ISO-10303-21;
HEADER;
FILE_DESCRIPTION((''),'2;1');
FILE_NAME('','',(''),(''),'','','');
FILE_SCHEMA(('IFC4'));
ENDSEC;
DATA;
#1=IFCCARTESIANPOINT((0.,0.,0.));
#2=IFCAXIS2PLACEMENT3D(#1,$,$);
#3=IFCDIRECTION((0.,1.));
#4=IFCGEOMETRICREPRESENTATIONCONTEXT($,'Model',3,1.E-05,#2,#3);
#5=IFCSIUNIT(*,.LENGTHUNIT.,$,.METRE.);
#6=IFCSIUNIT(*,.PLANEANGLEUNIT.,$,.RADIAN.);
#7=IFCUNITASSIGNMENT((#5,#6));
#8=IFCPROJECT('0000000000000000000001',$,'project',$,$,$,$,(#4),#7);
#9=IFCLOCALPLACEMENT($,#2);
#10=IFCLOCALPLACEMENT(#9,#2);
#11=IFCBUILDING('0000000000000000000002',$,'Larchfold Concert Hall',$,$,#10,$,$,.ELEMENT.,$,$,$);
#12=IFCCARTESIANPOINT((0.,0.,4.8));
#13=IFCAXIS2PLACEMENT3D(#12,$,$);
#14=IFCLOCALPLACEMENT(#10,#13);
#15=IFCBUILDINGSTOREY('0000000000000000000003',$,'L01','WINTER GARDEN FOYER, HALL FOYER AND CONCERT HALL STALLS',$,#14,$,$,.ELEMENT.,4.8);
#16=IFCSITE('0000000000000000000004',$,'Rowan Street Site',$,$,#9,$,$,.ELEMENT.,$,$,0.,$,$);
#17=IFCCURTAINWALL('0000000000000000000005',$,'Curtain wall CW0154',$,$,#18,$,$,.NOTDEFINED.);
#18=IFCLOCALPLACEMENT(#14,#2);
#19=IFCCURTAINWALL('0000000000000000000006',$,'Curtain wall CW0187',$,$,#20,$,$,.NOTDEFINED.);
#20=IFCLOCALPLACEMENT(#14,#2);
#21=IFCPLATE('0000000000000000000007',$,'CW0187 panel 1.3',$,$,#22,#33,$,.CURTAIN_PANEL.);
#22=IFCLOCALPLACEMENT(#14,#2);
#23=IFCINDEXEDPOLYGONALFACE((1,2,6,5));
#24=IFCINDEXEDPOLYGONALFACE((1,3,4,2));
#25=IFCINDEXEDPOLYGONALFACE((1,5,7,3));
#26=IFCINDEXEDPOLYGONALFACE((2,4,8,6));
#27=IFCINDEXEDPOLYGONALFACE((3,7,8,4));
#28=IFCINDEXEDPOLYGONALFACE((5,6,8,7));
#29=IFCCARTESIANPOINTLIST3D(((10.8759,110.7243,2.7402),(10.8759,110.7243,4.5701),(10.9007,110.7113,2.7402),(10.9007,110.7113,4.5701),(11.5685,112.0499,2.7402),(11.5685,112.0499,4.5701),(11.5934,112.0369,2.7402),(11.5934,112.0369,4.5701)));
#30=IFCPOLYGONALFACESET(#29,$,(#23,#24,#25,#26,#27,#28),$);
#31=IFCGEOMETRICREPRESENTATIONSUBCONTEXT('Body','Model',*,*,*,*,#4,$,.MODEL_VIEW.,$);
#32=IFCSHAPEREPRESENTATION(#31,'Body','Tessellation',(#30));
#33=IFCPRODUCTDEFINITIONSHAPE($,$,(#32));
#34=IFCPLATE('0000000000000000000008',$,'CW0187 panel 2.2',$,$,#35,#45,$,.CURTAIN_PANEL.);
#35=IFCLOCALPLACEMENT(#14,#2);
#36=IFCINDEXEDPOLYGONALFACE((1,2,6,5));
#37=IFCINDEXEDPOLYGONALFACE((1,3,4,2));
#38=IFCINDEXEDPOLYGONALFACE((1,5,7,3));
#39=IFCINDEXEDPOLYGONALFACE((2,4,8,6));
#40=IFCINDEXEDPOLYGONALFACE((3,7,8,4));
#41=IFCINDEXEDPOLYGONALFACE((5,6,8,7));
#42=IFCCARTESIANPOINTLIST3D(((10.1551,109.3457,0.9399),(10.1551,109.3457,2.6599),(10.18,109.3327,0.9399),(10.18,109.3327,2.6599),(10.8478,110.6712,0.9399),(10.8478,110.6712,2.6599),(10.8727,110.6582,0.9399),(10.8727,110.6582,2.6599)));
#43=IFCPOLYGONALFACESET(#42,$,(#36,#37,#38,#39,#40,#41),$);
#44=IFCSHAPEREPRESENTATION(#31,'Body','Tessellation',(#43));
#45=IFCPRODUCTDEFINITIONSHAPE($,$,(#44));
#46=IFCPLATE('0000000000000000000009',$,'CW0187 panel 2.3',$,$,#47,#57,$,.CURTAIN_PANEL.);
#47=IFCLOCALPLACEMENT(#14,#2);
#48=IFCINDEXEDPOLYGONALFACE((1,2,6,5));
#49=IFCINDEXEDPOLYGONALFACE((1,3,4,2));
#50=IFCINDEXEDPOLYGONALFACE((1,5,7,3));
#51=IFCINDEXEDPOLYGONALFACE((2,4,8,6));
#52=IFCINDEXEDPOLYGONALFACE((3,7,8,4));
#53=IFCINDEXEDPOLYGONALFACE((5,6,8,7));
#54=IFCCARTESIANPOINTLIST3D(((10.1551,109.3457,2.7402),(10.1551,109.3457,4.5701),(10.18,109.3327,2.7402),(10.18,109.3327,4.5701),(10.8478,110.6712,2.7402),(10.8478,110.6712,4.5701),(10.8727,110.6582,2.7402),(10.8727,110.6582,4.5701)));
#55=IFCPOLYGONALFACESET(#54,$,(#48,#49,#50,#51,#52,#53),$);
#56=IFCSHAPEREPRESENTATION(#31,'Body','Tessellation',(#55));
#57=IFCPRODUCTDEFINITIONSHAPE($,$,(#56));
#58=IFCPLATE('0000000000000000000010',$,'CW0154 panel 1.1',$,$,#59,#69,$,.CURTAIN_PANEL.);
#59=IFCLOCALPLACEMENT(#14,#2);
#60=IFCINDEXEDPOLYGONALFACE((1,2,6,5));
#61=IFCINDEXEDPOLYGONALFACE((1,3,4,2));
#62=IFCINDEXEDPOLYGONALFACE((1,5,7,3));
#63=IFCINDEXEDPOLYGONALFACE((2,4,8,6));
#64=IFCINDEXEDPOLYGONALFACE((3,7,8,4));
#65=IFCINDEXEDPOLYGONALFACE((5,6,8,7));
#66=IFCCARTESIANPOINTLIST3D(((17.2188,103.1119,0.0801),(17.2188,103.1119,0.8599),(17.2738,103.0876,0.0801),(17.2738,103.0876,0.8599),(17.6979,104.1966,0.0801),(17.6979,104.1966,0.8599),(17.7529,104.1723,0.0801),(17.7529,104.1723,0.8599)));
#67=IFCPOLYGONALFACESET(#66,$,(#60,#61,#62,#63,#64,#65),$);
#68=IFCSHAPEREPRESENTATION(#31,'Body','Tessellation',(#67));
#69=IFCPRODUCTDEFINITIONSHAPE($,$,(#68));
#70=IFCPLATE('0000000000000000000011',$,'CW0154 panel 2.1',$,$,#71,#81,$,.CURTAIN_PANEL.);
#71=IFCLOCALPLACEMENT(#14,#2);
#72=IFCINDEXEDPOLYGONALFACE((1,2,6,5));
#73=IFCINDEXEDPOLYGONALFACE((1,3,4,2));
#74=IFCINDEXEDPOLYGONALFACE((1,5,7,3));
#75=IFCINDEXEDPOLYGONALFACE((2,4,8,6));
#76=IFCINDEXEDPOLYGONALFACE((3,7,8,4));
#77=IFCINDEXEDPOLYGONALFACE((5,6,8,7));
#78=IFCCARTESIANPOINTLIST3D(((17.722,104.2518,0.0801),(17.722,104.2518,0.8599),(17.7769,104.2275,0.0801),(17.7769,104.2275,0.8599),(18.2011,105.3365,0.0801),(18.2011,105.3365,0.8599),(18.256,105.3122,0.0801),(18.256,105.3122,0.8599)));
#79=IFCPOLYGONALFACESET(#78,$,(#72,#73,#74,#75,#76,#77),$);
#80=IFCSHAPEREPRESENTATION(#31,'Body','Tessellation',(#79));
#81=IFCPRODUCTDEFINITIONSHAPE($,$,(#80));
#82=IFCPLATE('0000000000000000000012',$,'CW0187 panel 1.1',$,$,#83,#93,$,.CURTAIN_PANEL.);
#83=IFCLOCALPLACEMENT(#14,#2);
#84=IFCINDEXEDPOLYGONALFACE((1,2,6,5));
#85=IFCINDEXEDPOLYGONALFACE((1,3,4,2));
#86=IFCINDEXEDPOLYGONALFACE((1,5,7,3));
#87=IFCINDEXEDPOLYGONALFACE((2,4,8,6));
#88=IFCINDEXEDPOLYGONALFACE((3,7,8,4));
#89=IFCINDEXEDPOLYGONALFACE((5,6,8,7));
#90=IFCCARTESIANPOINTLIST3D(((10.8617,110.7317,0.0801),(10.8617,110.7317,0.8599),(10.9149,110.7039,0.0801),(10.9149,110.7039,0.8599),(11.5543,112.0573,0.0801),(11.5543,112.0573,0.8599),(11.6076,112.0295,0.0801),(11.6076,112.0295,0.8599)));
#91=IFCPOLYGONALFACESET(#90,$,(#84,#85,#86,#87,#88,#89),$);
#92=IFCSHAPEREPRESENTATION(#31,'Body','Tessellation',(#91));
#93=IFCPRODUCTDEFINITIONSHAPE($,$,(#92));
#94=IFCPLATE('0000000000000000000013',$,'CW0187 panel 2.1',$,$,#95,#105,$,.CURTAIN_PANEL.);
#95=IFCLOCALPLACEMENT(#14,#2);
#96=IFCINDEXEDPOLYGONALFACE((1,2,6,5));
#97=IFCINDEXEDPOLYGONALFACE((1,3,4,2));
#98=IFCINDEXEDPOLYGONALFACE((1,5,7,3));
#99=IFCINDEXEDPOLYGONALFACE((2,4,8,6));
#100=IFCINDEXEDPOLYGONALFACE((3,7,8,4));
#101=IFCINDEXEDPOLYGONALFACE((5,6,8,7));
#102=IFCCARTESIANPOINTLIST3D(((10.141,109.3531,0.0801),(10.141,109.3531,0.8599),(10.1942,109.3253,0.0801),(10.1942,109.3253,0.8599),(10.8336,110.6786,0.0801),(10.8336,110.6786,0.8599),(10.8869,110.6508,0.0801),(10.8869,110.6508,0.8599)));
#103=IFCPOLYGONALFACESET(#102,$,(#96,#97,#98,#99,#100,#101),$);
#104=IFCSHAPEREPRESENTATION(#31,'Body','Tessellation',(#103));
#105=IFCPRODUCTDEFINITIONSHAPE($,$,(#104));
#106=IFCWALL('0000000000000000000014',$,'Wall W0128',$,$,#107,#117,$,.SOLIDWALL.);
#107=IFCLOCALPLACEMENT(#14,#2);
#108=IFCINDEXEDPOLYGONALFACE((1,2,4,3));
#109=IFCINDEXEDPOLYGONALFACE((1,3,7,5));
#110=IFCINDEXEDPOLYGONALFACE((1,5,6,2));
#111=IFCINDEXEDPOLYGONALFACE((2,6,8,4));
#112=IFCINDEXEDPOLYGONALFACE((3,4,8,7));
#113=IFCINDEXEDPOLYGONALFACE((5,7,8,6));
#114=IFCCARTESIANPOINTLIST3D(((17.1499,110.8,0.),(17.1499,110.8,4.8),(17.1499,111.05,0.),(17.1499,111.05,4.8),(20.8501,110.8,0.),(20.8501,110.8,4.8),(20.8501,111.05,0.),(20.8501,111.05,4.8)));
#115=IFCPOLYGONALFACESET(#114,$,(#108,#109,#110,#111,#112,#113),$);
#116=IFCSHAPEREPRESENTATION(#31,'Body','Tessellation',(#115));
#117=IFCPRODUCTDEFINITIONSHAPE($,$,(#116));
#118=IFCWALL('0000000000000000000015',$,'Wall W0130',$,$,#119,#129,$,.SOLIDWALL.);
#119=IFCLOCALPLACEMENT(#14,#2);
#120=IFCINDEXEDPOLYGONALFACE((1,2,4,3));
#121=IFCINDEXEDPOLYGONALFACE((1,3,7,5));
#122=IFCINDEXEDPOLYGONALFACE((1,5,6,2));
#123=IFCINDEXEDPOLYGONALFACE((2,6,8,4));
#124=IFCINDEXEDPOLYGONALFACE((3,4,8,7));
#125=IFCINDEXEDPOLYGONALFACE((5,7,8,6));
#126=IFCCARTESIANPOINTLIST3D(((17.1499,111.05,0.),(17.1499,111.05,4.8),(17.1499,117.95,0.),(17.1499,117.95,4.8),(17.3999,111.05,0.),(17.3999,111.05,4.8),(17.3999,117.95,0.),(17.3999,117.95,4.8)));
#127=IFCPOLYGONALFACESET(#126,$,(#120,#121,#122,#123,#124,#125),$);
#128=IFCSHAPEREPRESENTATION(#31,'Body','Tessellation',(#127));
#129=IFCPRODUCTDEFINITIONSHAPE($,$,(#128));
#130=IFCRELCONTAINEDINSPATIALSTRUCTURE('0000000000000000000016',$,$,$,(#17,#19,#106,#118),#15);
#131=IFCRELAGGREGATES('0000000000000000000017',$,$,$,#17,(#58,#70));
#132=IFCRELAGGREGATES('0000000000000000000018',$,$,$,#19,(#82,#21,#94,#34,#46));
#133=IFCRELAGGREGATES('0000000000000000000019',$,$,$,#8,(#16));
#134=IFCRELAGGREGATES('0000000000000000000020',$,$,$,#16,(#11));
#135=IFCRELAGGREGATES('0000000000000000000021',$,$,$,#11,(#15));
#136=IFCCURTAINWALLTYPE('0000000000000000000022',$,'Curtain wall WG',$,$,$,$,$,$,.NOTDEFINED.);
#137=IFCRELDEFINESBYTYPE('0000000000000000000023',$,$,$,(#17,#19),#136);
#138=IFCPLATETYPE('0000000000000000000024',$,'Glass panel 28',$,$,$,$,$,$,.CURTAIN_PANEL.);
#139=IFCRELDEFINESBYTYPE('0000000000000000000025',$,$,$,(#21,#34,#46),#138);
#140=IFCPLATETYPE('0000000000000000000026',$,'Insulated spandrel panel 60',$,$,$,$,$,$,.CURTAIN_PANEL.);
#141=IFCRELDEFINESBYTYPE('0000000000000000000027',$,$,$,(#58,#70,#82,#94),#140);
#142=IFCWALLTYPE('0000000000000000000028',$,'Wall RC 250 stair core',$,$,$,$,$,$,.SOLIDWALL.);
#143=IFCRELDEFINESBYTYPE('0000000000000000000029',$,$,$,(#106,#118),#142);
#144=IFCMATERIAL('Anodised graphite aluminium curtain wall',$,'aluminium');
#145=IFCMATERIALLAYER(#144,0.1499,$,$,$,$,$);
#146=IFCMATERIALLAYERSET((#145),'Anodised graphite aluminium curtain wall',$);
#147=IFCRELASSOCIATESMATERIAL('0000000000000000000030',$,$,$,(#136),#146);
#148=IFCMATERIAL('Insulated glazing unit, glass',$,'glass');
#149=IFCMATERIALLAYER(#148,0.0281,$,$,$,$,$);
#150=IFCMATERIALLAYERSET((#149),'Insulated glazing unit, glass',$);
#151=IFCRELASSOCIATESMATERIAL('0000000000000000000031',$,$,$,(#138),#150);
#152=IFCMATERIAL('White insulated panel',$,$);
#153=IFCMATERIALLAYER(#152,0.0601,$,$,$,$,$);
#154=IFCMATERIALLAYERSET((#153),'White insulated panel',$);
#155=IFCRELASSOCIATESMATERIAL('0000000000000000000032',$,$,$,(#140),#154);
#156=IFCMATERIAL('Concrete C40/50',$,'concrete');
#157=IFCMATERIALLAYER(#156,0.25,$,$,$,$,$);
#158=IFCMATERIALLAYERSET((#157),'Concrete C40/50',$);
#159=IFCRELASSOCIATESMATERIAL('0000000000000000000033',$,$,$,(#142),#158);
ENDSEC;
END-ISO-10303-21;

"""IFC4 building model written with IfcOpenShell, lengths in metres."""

from ifc_helpers import new_model, si_unit, direction, frame, frame_2d, origin, origin_2d, place, context, subcontext, project, spatial, rectangle, extrude, material, layer, layer_set, type_object, element, aggregate, save


model = new_model("IFC4")

# Units and contexts
model_context = context("Model", 3, precision=1e-05, world=origin(), true_north=direction((0.0, 1.0)))
body_context = subcontext(model_context, "Body", "Model", "MODEL_VIEW")
ifc_project = project(units=[si_unit("LENGTHUNIT", "METRE"), si_unit("PLANEANGLEUNIT", "RADIAN")], contexts=[model_context])

# Site, building, storey
site_placement = place(None, origin())
site = spatial("IfcSite", under=ifc_project, at=site_placement, Name="Rowan Street Site", CompositionType="ELEMENT", RefElevation=0.0)
building_placement = place(site_placement, origin())
building = spatial("IfcBuilding", under=site, at=building_placement, Name="Larchfold Concert Hall", CompositionType="ELEMENT")
storey_placement = place(building_placement, frame((0.0, 0.0, 4.8)))
storey = spatial("IfcBuildingStorey", under=building, at=storey_placement, Name="L01", Description="WINTER GARDEN FOYER, HALL FOYER AND CONCERT HALL STALLS", CompositionType="ELEMENT", Elevation=4.8)

# Curtain wall
ifc_material_1 = material(Name="Anodised graphite aluminium curtain wall", Category="aluminium")
ifc_layer_1 = layer(ifc_material_1, 0.1499)
ifc_layer_set_1 = layer_set([ifc_layer_1], Name="Anodised graphite aluminium curtain wall")
curtain_wall_type = type_object("IfcCurtainWallType", Name="Curtain wall WG", PredefinedType="NOTDEFINED", material=ifc_layer_set_1)
curtain_wall_1_placement = place(storey_placement, origin())
curtain_wall_1 = element("IfcCurtainWall", 1, at=curtain_wall_1_placement, inside=storey, type_object=curtain_wall_type, Name="Curtain wall CW0154", PredefinedType="NOTDEFINED")

# Curtain wall
curtain_wall_2_placement = place(storey_placement, origin())
curtain_wall_2 = element("IfcCurtainWall", 2, at=curtain_wall_2_placement, inside=storey, type_object=curtain_wall_type, Name="Curtain wall CW0187", PredefinedType="NOTDEFINED")

# Plates
ifc_material_2 = material(Name="Insulated glazing unit, glass", Category="glass")
ifc_layer_2 = layer(ifc_material_2, 0.0281)
ifc_layer_set_2 = layer_set([ifc_layer_2], Name="Insulated glazing unit, glass")
plate_type_1 = type_object("IfcPlateType", Name="Glass panel 28", PredefinedType="CURTAIN_PANEL", material=ifc_layer_set_2)
plate_1_placement = place(storey_placement, frame((11.2346, 111.3806, 2.7402), z_axis=(0.0, 0.0, 1.0), x_axis=(-0.463124, -0.886294, 0.0)))
plate_1 = element("IfcPlate", 3, at=plate_1_placement, type_object=plate_type_1, Name="CW0187 panel 1.3", PredefinedType="CURTAIN_PANEL", context=body_context, shape_type="SweptSolid", body=[
    extrude(rectangle(XDim=1.4956, YDim=0.0281, at=origin_2d()), origin(), (0.0, 0.0, 1.0), 1.8298),
])
plate_2_placement = place(storey_placement, frame((10.5139, 110.002, 0.9399), z_axis=(0.0, 0.0, 1.0), x_axis=(-0.463124, -0.886294, 0.0)))
plate_2 = element("IfcPlate", 4, at=plate_2_placement, type_object=plate_type_1, Name="CW0187 panel 2.2", PredefinedType="CURTAIN_PANEL", context=body_context, shape_type="SweptSolid", body=[
    extrude(rectangle(XDim=1.4956, YDim=0.0281, at=origin_2d()), origin(), (0.0, 0.0, 1.0), 1.72),
])
plate_3_placement = place(storey_placement, frame((10.5139, 110.002, 2.7402), z_axis=(0.0, 0.0, 1.0), x_axis=(-0.463124, -0.886294, 0.0)))
plate_3 = element("IfcPlate", 5, at=plate_3_placement, type_object=plate_type_1, Name="CW0187 panel 2.3", PredefinedType="CURTAIN_PANEL", context=body_context, shape_type="SweptSolid", body=[
    extrude(rectangle(XDim=1.4956, YDim=0.0281, at=origin_2d()), origin(), (0.0, 0.0, 1.0), 1.8298),
])
ifc_material_3 = material(Name="White insulated panel")
ifc_layer_3 = layer(ifc_material_3, 0.0601)
ifc_layer_set_3 = layer_set([ifc_layer_3], Name="White insulated panel")
plate_type_2 = type_object("IfcPlateType", Name="Insulated spandrel panel 60", PredefinedType="CURTAIN_PANEL", material=ifc_layer_set_3)
plate_4_placement = place(storey_placement, frame((17.4858, 103.6421, 0.0801), z_axis=(0.0, 0.0, 1.0), x_axis=(0.404034, 0.914744, 0.0)))
plate_4 = element("IfcPlate", 6, at=plate_4_placement, type_object=plate_type_2, Name="CW0154 panel 1.1", PredefinedType="CURTAIN_PANEL", context=body_context, shape_type="SweptSolid", body=[
    extrude(rectangle(XDim=1.1858, YDim=0.0601, at=origin_2d()), origin(), (0.0, 0.0, 1.0), 0.7798),
])
plate_5_placement = place(storey_placement, frame((17.989, 104.782, 0.0801), z_axis=(0.0, 0.0, 1.0), x_axis=(0.404034, 0.914744, 0.0)))
plate_5 = element("IfcPlate", 7, at=plate_5_placement, type_object=plate_type_2, Name="CW0154 panel 2.1", PredefinedType="CURTAIN_PANEL", context=body_context, shape_type="SweptSolid", body=[
    extrude(rectangle(XDim=1.1858, YDim=0.0601, at=origin_2d()), origin(), (0.0, 0.0, 1.0), 0.7798),
])
aggregate(curtain_wall_1, [plate_4, plate_5])
plate_6_placement = place(storey_placement, frame((11.2346, 111.3806, 0.0801), z_axis=(0.0, 0.0, 1.0), x_axis=(-0.463124, -0.886294, 0.0)))
plate_6 = element("IfcPlate", 8, at=plate_6_placement, type_object=plate_type_2, Name="CW0187 panel 1.1", PredefinedType="CURTAIN_PANEL", context=body_context, shape_type="SweptSolid", body=[
    extrude(rectangle(XDim=1.4956, YDim=0.0601, at=origin_2d()), origin(), (0.0, 0.0, 1.0), 0.7798),
])
plate_7_placement = place(storey_placement, frame((10.5139, 110.002, 0.0801), z_axis=(0.0, 0.0, 1.0), x_axis=(-0.463124, -0.886294, 0.0)))
plate_7 = element("IfcPlate", 9, at=plate_7_placement, type_object=plate_type_2, Name="CW0187 panel 2.1", PredefinedType="CURTAIN_PANEL", context=body_context, shape_type="SweptSolid", body=[
    extrude(rectangle(XDim=1.4956, YDim=0.0601, at=origin_2d()), origin(), (0.0, 0.0, 1.0), 0.7798),
])
aggregate(curtain_wall_2, [plate_6, plate_1, plate_7, plate_2, plate_3])

# Walls
ifc_material_4 = material(Name="Concrete C40/50", Category="concrete")
ifc_layer_4 = layer(ifc_material_4, 0.25)
ifc_layer_set_4 = layer_set([ifc_layer_4], Name="Concrete C40/50")
wall_type = type_object("IfcWallType", Name="Wall RC 250 stair core", PredefinedType="SOLIDWALL", material=ifc_layer_set_4)
wall_1_placement = place(storey_placement, frame((17.1499, 110.925, 0.0), z_axis=(0.0, 0.0, 1.0), x_axis=(1.0, 0.0, 0.0)))
element("IfcWall", 10, at=wall_1_placement, inside=storey, type_object=wall_type, Name="Wall W0128", PredefinedType="SOLIDWALL", context=body_context, shape_type="SweptSolid", body=[
    extrude(rectangle(XDim=3.7002, YDim=0.25, at=frame_2d((1.8501, 0.0))), origin(), (0.0, 0.0, 1.0), 4.8),
])
wall_2_placement = place(storey_placement, frame((17.2749, 111.05, 0.0), z_axis=(0.0, 0.0, 1.0), x_axis=(0.0, 1.0, 0.0)))
element("IfcWall", 11, at=wall_2_placement, inside=storey, type_object=wall_type, Name="Wall W0130", PredefinedType="SOLIDWALL", context=body_context, shape_type="SweptSolid", body=[
    extrude(rectangle(XDim=6.8999, YDim=0.25, at=frame_2d((3.45, 0.0))), origin(), (0.0, 0.0, 1.0), 4.8),
])

save(model, "model.ifc")
